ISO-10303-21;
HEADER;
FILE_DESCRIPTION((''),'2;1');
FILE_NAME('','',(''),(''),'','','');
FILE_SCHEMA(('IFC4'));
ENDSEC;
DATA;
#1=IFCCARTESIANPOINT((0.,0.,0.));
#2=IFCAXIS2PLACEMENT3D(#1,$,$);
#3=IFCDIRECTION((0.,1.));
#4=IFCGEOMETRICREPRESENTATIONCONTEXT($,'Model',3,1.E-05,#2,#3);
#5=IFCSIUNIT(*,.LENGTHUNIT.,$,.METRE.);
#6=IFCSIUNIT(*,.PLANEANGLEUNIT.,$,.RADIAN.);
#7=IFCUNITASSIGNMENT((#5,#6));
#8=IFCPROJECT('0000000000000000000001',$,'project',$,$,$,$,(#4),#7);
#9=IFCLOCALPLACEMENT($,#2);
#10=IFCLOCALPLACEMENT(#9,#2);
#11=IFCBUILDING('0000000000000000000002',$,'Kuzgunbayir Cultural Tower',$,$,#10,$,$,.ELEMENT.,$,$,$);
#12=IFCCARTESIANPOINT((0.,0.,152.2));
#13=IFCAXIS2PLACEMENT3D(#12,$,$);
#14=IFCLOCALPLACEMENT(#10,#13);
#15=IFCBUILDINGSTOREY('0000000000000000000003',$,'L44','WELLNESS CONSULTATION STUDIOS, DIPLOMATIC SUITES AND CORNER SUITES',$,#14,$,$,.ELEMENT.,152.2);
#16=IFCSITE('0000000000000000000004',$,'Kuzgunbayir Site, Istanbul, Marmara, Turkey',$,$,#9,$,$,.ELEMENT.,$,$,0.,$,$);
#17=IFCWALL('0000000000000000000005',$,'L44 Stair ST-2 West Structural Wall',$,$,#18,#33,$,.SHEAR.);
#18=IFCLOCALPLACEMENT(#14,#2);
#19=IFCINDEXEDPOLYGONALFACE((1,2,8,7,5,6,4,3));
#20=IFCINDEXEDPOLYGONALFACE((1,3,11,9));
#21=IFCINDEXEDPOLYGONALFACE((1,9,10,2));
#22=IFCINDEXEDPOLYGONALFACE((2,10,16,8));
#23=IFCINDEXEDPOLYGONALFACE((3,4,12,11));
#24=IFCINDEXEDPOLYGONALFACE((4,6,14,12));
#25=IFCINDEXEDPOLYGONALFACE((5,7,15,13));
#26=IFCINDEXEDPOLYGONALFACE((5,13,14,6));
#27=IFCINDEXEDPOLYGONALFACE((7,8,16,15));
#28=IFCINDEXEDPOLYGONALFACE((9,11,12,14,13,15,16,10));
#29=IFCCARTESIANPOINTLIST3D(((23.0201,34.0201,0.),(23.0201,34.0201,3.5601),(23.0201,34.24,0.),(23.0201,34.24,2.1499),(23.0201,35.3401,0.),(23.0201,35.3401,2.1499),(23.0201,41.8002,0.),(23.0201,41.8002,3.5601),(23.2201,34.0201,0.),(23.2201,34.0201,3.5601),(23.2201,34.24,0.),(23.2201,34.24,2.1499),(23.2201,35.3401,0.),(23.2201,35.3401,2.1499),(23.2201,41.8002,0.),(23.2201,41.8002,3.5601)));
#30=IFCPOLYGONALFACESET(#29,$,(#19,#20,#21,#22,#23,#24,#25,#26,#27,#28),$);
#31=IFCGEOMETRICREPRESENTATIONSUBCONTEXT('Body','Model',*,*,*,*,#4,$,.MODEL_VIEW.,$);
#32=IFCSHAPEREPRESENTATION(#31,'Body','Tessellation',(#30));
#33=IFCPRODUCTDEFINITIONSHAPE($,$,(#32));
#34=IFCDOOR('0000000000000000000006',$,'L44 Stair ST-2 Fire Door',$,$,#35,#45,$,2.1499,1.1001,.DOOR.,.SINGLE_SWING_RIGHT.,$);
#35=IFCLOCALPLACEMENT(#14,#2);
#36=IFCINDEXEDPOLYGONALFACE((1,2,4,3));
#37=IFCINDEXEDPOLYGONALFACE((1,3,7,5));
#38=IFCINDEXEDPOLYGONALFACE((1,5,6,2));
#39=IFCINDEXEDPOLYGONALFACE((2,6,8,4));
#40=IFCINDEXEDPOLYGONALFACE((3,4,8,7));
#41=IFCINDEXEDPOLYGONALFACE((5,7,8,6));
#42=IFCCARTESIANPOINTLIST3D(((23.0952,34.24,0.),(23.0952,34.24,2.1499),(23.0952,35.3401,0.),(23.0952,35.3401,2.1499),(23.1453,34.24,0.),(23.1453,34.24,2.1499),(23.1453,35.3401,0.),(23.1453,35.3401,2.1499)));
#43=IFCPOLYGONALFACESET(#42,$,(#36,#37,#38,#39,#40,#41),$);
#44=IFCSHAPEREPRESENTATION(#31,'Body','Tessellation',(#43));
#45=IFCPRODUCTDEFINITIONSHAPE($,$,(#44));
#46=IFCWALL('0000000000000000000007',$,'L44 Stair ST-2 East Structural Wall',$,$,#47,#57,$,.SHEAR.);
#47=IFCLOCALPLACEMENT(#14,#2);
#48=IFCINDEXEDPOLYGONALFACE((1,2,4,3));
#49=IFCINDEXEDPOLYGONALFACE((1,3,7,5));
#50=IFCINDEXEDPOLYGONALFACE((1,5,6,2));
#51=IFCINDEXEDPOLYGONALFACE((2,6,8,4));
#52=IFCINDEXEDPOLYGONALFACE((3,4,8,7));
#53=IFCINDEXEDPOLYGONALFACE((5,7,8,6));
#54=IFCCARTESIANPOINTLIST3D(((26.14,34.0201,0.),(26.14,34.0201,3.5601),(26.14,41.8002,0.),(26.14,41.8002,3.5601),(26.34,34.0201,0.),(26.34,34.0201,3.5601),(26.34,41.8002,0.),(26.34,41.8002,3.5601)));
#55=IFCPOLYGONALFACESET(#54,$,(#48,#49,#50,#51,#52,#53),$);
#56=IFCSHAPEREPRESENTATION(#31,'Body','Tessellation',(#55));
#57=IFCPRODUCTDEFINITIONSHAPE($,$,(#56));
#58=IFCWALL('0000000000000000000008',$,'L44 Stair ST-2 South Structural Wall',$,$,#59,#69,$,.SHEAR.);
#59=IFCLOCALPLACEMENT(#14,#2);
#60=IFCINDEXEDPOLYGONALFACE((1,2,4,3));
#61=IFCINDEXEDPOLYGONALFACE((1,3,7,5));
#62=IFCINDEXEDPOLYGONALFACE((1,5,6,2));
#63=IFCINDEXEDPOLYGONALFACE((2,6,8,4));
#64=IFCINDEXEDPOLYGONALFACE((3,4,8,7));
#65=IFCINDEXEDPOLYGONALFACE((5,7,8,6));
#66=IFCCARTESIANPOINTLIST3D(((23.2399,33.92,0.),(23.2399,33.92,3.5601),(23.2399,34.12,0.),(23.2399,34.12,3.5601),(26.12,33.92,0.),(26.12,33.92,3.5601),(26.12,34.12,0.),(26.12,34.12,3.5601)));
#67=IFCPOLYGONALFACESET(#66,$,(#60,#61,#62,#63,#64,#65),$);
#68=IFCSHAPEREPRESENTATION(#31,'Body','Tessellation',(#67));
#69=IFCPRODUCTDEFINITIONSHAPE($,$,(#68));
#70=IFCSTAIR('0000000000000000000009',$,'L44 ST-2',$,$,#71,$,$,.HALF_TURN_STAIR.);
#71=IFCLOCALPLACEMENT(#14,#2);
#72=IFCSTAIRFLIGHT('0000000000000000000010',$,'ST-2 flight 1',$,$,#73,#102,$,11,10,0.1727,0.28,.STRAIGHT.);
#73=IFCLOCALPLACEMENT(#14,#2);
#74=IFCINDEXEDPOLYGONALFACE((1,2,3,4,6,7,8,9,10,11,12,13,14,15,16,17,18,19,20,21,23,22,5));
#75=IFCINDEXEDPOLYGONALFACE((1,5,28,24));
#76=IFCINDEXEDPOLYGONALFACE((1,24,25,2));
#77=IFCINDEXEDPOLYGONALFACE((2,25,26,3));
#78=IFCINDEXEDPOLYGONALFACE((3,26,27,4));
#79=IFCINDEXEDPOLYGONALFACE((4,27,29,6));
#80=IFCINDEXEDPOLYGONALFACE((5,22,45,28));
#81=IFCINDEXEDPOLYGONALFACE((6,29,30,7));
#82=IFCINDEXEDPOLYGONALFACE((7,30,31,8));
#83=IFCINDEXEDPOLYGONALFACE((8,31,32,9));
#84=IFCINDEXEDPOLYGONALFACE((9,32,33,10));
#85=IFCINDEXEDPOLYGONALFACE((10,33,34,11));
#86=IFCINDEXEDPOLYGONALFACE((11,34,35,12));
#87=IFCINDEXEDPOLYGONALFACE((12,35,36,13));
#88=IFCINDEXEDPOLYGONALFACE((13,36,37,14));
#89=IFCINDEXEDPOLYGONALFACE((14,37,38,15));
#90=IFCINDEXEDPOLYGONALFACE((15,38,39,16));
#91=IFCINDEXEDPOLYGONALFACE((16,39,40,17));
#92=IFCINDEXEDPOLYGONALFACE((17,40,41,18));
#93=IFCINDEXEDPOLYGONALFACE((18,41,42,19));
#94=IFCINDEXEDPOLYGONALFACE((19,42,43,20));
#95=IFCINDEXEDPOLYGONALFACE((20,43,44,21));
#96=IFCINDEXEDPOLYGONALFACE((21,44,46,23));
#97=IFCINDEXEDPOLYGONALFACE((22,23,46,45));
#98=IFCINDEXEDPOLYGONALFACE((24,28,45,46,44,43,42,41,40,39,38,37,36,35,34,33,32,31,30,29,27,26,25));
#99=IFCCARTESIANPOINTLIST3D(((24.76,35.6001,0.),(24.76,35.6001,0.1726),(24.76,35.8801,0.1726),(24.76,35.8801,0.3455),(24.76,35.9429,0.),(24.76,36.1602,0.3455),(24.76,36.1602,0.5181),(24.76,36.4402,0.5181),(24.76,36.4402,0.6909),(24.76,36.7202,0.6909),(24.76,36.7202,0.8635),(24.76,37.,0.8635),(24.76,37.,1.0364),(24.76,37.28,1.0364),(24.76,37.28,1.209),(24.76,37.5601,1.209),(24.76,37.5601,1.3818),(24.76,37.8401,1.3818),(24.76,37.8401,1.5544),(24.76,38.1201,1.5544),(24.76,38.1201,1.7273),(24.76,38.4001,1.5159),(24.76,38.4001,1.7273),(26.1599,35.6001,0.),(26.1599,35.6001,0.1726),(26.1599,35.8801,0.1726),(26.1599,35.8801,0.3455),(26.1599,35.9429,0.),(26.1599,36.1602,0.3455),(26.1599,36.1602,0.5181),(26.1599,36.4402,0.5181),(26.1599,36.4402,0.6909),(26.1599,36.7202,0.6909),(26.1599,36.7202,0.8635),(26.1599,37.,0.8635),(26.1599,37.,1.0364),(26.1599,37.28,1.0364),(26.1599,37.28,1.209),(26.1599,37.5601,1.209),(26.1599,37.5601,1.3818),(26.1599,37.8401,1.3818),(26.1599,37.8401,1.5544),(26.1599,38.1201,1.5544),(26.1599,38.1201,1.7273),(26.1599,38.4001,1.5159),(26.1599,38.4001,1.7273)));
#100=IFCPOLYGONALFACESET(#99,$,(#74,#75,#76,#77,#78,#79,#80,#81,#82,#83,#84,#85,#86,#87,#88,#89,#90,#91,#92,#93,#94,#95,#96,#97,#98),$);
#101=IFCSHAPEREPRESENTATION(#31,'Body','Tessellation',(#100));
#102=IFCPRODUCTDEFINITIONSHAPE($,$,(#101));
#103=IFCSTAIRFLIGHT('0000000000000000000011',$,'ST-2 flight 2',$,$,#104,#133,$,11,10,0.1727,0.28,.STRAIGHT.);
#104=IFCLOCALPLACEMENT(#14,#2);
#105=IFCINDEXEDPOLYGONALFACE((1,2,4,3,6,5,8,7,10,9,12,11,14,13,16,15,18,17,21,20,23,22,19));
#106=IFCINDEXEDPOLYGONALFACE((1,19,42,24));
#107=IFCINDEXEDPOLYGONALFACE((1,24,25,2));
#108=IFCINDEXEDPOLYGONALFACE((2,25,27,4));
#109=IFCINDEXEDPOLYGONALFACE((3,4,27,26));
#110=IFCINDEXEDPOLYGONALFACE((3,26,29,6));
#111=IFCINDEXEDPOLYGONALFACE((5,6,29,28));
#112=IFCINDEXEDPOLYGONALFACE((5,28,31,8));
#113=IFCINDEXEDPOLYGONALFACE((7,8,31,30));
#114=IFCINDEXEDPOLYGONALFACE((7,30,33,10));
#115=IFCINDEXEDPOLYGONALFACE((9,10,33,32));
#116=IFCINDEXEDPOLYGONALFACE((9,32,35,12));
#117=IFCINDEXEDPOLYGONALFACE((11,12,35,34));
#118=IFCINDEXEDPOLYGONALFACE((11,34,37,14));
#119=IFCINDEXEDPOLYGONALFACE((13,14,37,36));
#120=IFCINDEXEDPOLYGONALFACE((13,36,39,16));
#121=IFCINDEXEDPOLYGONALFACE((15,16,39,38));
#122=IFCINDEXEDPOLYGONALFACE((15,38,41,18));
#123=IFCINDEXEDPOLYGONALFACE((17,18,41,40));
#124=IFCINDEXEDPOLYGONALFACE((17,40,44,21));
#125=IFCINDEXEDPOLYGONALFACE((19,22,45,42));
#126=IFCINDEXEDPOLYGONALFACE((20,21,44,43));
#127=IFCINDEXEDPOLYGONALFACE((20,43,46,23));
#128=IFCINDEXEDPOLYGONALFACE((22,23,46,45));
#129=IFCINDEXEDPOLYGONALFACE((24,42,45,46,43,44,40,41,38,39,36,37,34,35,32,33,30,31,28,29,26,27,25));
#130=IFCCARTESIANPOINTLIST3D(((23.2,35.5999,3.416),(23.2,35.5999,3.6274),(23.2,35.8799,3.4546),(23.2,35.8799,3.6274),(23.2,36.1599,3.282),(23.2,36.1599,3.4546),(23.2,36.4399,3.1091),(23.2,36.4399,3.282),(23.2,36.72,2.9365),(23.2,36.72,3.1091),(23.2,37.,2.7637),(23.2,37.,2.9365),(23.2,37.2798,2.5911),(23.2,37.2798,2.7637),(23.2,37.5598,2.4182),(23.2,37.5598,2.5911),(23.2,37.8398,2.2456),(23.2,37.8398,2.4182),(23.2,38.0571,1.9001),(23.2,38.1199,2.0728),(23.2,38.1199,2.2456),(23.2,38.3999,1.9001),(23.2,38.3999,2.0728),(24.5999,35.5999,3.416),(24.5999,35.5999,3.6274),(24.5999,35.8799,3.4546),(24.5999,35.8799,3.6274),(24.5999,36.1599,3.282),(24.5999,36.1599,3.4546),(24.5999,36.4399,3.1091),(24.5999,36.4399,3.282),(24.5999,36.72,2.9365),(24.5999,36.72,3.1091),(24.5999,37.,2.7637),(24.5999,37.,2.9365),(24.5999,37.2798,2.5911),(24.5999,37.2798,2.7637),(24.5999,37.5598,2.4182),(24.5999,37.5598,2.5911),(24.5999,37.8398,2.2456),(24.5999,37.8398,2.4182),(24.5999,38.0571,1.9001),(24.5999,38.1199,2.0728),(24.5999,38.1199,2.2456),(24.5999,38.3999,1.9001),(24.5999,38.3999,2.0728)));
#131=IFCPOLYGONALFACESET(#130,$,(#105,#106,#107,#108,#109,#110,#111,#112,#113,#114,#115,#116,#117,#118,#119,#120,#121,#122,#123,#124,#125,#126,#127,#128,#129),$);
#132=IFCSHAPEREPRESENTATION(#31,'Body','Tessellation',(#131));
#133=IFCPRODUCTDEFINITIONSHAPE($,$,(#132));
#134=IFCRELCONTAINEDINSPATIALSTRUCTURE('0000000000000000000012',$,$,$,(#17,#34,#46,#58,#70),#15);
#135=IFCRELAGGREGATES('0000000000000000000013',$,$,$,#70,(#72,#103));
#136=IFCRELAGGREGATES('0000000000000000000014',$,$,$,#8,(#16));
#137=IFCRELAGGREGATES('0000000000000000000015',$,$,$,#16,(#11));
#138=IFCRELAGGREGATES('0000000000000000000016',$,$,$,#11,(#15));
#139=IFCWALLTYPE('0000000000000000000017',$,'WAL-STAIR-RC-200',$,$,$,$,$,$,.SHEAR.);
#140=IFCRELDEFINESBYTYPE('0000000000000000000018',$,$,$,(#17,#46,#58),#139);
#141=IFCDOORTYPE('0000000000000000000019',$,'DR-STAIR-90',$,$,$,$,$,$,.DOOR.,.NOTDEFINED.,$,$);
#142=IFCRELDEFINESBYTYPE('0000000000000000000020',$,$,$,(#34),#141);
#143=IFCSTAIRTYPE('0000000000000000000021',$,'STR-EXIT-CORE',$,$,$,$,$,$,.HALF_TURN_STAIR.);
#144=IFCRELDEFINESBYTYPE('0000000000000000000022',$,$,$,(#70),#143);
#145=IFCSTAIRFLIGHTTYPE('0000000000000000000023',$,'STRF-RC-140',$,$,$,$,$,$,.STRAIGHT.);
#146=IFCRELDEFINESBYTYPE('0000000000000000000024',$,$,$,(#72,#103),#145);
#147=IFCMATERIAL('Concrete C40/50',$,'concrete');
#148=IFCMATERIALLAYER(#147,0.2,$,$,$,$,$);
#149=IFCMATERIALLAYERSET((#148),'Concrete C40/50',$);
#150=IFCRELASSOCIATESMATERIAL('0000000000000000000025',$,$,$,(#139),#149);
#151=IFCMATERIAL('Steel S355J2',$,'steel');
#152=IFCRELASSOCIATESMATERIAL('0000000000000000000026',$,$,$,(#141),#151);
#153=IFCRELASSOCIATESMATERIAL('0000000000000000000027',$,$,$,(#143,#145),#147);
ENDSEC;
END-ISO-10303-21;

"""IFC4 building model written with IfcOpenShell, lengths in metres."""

from ifc_helpers import new_model, si_unit, direction, frame, frame_2d, origin, place, context, subcontext, project, spatial, polyline, rectangle, outline, extrude, material, layer, layer_set, type_object, element, fill, aggregate, save


model = new_model("IFC4")

# Units and contexts
model_context = context("Model", 3, precision=1e-05, world=origin(), true_north=direction((0.0, 1.0)))
body_context = subcontext(model_context, "Body", "Model", "MODEL_VIEW")
ifc_project = project(units=[si_unit("LENGTHUNIT", "METRE"), si_unit("PLANEANGLEUNIT", "RADIAN")], contexts=[model_context])

# Site, building, storey
site_placement = place(None, origin())
site = spatial("IfcSite", under=ifc_project, at=site_placement, Name="Kuzgunbayir Site, Istanbul, Marmara, Turkey", CompositionType="ELEMENT", RefElevation=0.0)
building_placement = place(site_placement, origin())
building = spatial("IfcBuilding", under=site, at=building_placement, Name="Kuzgunbayir Cultural Tower", CompositionType="ELEMENT")
storey_placement = place(building_placement, frame((0.0, 0.0, 152.2)))
storey = spatial("IfcBuildingStorey", under=building, at=storey_placement, Name="L44", Description="WELLNESS CONSULTATION STUDIOS, DIPLOMATIC SUITES AND CORNER SUITES", CompositionType="ELEMENT", Elevation=152.2)

# Shared definitions
ifc_material_1 = material(Name="Steel S355J2", Category="steel")

# Shared definitions
ifc_material_2 = material(Name="Concrete C40/50", Category="concrete")

# Wall, opening, door
ifc_layer_1 = layer(ifc_material_2, 0.2)
ifc_layer_set_1 = layer_set([ifc_layer_1], Name="Concrete C40/50")
wall_type_1 = type_object("IfcWallType", Name="WAL-STAIR-RC-200", PredefinedType="SHEAR", material=ifc_layer_set_1)
wall_1_placement = place(storey_placement, frame((23.1201, 34.02, 0.0), z_axis=(0.0, 0.0, 1.0), x_axis=(0.0, 1.0, 0.0)))
wall_1 = element("IfcWall", 1, at=wall_1_placement, inside=storey, type_object=wall_type_1, Name="L44 Stair ST-2 West Structural Wall", PredefinedType="SHEAR", context=body_context, shape_type="SweptSolid", body=[
    extrude(rectangle(XDim=7.78, YDim=0.2, at=frame_2d((3.8901, 0.0))), origin(), (0.0, 0.0, 1.0), 3.5601),
])
opening_1_placement = place(wall_1_placement, frame((0.22, 0.0, 0.0)))
opening_1 = element("IfcOpeningElement", 2, at=opening_1_placement, cuts=wall_1, PredefinedType="OPENING", context=body_context, shape_type="SweptSolid", body=[
    extrude(rectangle(XDim=1.1001, YDim=2.1499, at=frame_2d((0.55, 1.075))), frame((0.0, 0.1099, 0.0), z_axis=(0.0, -1.0, 0.0), x_axis=(1.0, 0.0, 0.0)), (0.0, 0.0, 1.0), 0.22),
])
door_type_1 = type_object("IfcDoorType", Name="DR-STAIR-90", OperationType="NOTDEFINED", PredefinedType="DOOR", material=ifc_material_1)
door_1_placement = place(opening_1_placement, origin())
door_1 = element("IfcDoor", 3, at=door_1_placement, inside=storey, type_object=door_type_1, Name="L44 Stair ST-2 Fire Door", OperationType="SINGLE_SWING_RIGHT", OverallHeight=2.1499, OverallWidth=1.1001, PredefinedType="DOOR", context=body_context, shape_type="SweptSolid", body=[
    extrude(rectangle(XDim=1.1001, YDim=2.1499, at=frame_2d((0.55, 1.075))), frame((0.0, 0.0249, 0.0), z_axis=(0.0, -1.0, 0.0), x_axis=(1.0, 0.0, 0.0)), (0.0, 0.0, 1.0), 0.05),
])
fill(opening_1, door_1)

# Walls
wall_2_placement = place(storey_placement, frame((26.24, 34.02, 0.0), z_axis=(0.0, 0.0, 1.0), x_axis=(0.0, 1.0, 0.0)))
element("IfcWall", 4, at=wall_2_placement, inside=storey, type_object=wall_type_1, Name="L44 Stair ST-2 East Structural Wall", PredefinedType="SHEAR", context=body_context, shape_type="SweptSolid", body=[
    extrude(rectangle(XDim=7.78, YDim=0.2, at=frame_2d((3.8901, 0.0))), origin(), (0.0, 0.0, 1.0), 3.5601),
])
wall_3_placement = place(storey_placement, frame((23.24, 34.02, 0.0), z_axis=(0.0, 0.0, 1.0), x_axis=(1.0, 0.0, 0.0)))
element("IfcWall", 5, at=wall_3_placement, inside=storey, type_object=wall_type_1, Name="L44 Stair ST-2 South Structural Wall", PredefinedType="SHEAR", context=body_context, shape_type="SweptSolid", body=[
    extrude(rectangle(XDim=2.8801, YDim=0.2, at=frame_2d((1.4399, 0.0))), origin(), (0.0, 0.0, 1.0), 3.5601),
])

# Stair, stair flights
stair_type = type_object("IfcStairType", Name="STR-EXIT-CORE", PredefinedType="HALF_TURN_STAIR", material=ifc_material_2)
stair_placement = place(storey_placement, origin())
stair = element("IfcStair", 6, at=stair_placement, inside=storey, type_object=stair_type, Name="L44 ST-2", PredefinedType="HALF_TURN_STAIR")
stair_flight_type = type_object("IfcStairFlightType", Name="STRF-RC-140", PredefinedType="STRAIGHT", material=ifc_material_2)
stair_flight_1_placement = place(storey_placement, frame((25.46, 35.6001, 0.0), z_axis=(0.0, 0.0, 1.0), x_axis=(0.0, 1.0, 0.0)))
stair_flight_1 = element("IfcStairFlight", 7, at=stair_flight_1_placement, type_object=stair_flight_type, Name="ST-2 flight 1", NumberOfRisers=11, NumberOfTreads=10, PredefinedType="STRAIGHT", RiserHeight=0.1727, TreadLength=0.28, context=body_context, shape_type="SweptSolid", body=[
    extrude(outline(polyline([(0.0, 0.0), (0.0, 0.1726), (0.28, 0.1726), (0.28, 0.3455), (0.5601, 0.3455), (0.5601, 0.5181), (0.8401, 0.5181), (0.8401, 0.6909), (1.1201, 0.6909), (1.1201, 0.8635), (1.3999, 0.8635), (1.3999, 1.0364), (1.6799, 1.0364), (1.6799, 1.209), (1.96, 1.209), (1.96, 1.3818), (2.24, 1.3818), (2.24, 1.5544), (2.52, 1.5544), (2.52, 1.7273), (2.8, 1.7273), (2.8, 1.8999), (2.8, 1.5159), (0.3428, 0.0), (0.0, 0.0)])), frame((0.0, 0.7, 0.0), z_axis=(0.0, -1.0, 0.0), x_axis=(1.0, 0.0, 0.0)), (0.0, 0.0, 1.0), 1.3999),
])
stair_flight_2_placement = place(storey_placement, frame((23.8999, 38.3999, 1.9001), z_axis=(0.0, 0.0, 1.0), x_axis=(0.0, -1.0, 0.0)))
stair_flight_2 = element("IfcStairFlight", 8, at=stair_flight_2_placement, type_object=stair_flight_type, Name="ST-2 flight 2", NumberOfRisers=11, NumberOfTreads=10, PredefinedType="STRAIGHT", RiserHeight=0.1727, TreadLength=0.28, context=body_context, shape_type="SweptSolid", body=[
    extrude(outline(polyline([(0.0, 0.0), (0.0, 0.1726), (0.28, 0.1726), (0.28, 0.3455), (0.5601, 0.3455), (0.5601, 0.5181), (0.8401, 0.5181), (0.8401, 0.6909), (1.1201, 0.6909), (1.1201, 0.8635), (1.3999, 0.8635), (1.3999, 1.0364), (1.6799, 1.0364), (1.6799, 1.209), (1.96, 1.209), (1.96, 1.3818), (2.24, 1.3818), (2.24, 1.5544), (2.52, 1.5544), (2.52, 1.7273), (2.8, 1.7273), (2.8, 1.8999), (2.8, 1.5159), (0.3428, 0.0), (0.0, 0.0)])), frame((0.0, 0.7, 0.0), z_axis=(0.0, -1.0, 0.0), x_axis=(1.0, 0.0, 0.0)), (0.0, 0.0, 1.0), 1.3999),
])
aggregate(stair, [stair_flight_1, stair_flight_2])

save(model, "model.ifc")
